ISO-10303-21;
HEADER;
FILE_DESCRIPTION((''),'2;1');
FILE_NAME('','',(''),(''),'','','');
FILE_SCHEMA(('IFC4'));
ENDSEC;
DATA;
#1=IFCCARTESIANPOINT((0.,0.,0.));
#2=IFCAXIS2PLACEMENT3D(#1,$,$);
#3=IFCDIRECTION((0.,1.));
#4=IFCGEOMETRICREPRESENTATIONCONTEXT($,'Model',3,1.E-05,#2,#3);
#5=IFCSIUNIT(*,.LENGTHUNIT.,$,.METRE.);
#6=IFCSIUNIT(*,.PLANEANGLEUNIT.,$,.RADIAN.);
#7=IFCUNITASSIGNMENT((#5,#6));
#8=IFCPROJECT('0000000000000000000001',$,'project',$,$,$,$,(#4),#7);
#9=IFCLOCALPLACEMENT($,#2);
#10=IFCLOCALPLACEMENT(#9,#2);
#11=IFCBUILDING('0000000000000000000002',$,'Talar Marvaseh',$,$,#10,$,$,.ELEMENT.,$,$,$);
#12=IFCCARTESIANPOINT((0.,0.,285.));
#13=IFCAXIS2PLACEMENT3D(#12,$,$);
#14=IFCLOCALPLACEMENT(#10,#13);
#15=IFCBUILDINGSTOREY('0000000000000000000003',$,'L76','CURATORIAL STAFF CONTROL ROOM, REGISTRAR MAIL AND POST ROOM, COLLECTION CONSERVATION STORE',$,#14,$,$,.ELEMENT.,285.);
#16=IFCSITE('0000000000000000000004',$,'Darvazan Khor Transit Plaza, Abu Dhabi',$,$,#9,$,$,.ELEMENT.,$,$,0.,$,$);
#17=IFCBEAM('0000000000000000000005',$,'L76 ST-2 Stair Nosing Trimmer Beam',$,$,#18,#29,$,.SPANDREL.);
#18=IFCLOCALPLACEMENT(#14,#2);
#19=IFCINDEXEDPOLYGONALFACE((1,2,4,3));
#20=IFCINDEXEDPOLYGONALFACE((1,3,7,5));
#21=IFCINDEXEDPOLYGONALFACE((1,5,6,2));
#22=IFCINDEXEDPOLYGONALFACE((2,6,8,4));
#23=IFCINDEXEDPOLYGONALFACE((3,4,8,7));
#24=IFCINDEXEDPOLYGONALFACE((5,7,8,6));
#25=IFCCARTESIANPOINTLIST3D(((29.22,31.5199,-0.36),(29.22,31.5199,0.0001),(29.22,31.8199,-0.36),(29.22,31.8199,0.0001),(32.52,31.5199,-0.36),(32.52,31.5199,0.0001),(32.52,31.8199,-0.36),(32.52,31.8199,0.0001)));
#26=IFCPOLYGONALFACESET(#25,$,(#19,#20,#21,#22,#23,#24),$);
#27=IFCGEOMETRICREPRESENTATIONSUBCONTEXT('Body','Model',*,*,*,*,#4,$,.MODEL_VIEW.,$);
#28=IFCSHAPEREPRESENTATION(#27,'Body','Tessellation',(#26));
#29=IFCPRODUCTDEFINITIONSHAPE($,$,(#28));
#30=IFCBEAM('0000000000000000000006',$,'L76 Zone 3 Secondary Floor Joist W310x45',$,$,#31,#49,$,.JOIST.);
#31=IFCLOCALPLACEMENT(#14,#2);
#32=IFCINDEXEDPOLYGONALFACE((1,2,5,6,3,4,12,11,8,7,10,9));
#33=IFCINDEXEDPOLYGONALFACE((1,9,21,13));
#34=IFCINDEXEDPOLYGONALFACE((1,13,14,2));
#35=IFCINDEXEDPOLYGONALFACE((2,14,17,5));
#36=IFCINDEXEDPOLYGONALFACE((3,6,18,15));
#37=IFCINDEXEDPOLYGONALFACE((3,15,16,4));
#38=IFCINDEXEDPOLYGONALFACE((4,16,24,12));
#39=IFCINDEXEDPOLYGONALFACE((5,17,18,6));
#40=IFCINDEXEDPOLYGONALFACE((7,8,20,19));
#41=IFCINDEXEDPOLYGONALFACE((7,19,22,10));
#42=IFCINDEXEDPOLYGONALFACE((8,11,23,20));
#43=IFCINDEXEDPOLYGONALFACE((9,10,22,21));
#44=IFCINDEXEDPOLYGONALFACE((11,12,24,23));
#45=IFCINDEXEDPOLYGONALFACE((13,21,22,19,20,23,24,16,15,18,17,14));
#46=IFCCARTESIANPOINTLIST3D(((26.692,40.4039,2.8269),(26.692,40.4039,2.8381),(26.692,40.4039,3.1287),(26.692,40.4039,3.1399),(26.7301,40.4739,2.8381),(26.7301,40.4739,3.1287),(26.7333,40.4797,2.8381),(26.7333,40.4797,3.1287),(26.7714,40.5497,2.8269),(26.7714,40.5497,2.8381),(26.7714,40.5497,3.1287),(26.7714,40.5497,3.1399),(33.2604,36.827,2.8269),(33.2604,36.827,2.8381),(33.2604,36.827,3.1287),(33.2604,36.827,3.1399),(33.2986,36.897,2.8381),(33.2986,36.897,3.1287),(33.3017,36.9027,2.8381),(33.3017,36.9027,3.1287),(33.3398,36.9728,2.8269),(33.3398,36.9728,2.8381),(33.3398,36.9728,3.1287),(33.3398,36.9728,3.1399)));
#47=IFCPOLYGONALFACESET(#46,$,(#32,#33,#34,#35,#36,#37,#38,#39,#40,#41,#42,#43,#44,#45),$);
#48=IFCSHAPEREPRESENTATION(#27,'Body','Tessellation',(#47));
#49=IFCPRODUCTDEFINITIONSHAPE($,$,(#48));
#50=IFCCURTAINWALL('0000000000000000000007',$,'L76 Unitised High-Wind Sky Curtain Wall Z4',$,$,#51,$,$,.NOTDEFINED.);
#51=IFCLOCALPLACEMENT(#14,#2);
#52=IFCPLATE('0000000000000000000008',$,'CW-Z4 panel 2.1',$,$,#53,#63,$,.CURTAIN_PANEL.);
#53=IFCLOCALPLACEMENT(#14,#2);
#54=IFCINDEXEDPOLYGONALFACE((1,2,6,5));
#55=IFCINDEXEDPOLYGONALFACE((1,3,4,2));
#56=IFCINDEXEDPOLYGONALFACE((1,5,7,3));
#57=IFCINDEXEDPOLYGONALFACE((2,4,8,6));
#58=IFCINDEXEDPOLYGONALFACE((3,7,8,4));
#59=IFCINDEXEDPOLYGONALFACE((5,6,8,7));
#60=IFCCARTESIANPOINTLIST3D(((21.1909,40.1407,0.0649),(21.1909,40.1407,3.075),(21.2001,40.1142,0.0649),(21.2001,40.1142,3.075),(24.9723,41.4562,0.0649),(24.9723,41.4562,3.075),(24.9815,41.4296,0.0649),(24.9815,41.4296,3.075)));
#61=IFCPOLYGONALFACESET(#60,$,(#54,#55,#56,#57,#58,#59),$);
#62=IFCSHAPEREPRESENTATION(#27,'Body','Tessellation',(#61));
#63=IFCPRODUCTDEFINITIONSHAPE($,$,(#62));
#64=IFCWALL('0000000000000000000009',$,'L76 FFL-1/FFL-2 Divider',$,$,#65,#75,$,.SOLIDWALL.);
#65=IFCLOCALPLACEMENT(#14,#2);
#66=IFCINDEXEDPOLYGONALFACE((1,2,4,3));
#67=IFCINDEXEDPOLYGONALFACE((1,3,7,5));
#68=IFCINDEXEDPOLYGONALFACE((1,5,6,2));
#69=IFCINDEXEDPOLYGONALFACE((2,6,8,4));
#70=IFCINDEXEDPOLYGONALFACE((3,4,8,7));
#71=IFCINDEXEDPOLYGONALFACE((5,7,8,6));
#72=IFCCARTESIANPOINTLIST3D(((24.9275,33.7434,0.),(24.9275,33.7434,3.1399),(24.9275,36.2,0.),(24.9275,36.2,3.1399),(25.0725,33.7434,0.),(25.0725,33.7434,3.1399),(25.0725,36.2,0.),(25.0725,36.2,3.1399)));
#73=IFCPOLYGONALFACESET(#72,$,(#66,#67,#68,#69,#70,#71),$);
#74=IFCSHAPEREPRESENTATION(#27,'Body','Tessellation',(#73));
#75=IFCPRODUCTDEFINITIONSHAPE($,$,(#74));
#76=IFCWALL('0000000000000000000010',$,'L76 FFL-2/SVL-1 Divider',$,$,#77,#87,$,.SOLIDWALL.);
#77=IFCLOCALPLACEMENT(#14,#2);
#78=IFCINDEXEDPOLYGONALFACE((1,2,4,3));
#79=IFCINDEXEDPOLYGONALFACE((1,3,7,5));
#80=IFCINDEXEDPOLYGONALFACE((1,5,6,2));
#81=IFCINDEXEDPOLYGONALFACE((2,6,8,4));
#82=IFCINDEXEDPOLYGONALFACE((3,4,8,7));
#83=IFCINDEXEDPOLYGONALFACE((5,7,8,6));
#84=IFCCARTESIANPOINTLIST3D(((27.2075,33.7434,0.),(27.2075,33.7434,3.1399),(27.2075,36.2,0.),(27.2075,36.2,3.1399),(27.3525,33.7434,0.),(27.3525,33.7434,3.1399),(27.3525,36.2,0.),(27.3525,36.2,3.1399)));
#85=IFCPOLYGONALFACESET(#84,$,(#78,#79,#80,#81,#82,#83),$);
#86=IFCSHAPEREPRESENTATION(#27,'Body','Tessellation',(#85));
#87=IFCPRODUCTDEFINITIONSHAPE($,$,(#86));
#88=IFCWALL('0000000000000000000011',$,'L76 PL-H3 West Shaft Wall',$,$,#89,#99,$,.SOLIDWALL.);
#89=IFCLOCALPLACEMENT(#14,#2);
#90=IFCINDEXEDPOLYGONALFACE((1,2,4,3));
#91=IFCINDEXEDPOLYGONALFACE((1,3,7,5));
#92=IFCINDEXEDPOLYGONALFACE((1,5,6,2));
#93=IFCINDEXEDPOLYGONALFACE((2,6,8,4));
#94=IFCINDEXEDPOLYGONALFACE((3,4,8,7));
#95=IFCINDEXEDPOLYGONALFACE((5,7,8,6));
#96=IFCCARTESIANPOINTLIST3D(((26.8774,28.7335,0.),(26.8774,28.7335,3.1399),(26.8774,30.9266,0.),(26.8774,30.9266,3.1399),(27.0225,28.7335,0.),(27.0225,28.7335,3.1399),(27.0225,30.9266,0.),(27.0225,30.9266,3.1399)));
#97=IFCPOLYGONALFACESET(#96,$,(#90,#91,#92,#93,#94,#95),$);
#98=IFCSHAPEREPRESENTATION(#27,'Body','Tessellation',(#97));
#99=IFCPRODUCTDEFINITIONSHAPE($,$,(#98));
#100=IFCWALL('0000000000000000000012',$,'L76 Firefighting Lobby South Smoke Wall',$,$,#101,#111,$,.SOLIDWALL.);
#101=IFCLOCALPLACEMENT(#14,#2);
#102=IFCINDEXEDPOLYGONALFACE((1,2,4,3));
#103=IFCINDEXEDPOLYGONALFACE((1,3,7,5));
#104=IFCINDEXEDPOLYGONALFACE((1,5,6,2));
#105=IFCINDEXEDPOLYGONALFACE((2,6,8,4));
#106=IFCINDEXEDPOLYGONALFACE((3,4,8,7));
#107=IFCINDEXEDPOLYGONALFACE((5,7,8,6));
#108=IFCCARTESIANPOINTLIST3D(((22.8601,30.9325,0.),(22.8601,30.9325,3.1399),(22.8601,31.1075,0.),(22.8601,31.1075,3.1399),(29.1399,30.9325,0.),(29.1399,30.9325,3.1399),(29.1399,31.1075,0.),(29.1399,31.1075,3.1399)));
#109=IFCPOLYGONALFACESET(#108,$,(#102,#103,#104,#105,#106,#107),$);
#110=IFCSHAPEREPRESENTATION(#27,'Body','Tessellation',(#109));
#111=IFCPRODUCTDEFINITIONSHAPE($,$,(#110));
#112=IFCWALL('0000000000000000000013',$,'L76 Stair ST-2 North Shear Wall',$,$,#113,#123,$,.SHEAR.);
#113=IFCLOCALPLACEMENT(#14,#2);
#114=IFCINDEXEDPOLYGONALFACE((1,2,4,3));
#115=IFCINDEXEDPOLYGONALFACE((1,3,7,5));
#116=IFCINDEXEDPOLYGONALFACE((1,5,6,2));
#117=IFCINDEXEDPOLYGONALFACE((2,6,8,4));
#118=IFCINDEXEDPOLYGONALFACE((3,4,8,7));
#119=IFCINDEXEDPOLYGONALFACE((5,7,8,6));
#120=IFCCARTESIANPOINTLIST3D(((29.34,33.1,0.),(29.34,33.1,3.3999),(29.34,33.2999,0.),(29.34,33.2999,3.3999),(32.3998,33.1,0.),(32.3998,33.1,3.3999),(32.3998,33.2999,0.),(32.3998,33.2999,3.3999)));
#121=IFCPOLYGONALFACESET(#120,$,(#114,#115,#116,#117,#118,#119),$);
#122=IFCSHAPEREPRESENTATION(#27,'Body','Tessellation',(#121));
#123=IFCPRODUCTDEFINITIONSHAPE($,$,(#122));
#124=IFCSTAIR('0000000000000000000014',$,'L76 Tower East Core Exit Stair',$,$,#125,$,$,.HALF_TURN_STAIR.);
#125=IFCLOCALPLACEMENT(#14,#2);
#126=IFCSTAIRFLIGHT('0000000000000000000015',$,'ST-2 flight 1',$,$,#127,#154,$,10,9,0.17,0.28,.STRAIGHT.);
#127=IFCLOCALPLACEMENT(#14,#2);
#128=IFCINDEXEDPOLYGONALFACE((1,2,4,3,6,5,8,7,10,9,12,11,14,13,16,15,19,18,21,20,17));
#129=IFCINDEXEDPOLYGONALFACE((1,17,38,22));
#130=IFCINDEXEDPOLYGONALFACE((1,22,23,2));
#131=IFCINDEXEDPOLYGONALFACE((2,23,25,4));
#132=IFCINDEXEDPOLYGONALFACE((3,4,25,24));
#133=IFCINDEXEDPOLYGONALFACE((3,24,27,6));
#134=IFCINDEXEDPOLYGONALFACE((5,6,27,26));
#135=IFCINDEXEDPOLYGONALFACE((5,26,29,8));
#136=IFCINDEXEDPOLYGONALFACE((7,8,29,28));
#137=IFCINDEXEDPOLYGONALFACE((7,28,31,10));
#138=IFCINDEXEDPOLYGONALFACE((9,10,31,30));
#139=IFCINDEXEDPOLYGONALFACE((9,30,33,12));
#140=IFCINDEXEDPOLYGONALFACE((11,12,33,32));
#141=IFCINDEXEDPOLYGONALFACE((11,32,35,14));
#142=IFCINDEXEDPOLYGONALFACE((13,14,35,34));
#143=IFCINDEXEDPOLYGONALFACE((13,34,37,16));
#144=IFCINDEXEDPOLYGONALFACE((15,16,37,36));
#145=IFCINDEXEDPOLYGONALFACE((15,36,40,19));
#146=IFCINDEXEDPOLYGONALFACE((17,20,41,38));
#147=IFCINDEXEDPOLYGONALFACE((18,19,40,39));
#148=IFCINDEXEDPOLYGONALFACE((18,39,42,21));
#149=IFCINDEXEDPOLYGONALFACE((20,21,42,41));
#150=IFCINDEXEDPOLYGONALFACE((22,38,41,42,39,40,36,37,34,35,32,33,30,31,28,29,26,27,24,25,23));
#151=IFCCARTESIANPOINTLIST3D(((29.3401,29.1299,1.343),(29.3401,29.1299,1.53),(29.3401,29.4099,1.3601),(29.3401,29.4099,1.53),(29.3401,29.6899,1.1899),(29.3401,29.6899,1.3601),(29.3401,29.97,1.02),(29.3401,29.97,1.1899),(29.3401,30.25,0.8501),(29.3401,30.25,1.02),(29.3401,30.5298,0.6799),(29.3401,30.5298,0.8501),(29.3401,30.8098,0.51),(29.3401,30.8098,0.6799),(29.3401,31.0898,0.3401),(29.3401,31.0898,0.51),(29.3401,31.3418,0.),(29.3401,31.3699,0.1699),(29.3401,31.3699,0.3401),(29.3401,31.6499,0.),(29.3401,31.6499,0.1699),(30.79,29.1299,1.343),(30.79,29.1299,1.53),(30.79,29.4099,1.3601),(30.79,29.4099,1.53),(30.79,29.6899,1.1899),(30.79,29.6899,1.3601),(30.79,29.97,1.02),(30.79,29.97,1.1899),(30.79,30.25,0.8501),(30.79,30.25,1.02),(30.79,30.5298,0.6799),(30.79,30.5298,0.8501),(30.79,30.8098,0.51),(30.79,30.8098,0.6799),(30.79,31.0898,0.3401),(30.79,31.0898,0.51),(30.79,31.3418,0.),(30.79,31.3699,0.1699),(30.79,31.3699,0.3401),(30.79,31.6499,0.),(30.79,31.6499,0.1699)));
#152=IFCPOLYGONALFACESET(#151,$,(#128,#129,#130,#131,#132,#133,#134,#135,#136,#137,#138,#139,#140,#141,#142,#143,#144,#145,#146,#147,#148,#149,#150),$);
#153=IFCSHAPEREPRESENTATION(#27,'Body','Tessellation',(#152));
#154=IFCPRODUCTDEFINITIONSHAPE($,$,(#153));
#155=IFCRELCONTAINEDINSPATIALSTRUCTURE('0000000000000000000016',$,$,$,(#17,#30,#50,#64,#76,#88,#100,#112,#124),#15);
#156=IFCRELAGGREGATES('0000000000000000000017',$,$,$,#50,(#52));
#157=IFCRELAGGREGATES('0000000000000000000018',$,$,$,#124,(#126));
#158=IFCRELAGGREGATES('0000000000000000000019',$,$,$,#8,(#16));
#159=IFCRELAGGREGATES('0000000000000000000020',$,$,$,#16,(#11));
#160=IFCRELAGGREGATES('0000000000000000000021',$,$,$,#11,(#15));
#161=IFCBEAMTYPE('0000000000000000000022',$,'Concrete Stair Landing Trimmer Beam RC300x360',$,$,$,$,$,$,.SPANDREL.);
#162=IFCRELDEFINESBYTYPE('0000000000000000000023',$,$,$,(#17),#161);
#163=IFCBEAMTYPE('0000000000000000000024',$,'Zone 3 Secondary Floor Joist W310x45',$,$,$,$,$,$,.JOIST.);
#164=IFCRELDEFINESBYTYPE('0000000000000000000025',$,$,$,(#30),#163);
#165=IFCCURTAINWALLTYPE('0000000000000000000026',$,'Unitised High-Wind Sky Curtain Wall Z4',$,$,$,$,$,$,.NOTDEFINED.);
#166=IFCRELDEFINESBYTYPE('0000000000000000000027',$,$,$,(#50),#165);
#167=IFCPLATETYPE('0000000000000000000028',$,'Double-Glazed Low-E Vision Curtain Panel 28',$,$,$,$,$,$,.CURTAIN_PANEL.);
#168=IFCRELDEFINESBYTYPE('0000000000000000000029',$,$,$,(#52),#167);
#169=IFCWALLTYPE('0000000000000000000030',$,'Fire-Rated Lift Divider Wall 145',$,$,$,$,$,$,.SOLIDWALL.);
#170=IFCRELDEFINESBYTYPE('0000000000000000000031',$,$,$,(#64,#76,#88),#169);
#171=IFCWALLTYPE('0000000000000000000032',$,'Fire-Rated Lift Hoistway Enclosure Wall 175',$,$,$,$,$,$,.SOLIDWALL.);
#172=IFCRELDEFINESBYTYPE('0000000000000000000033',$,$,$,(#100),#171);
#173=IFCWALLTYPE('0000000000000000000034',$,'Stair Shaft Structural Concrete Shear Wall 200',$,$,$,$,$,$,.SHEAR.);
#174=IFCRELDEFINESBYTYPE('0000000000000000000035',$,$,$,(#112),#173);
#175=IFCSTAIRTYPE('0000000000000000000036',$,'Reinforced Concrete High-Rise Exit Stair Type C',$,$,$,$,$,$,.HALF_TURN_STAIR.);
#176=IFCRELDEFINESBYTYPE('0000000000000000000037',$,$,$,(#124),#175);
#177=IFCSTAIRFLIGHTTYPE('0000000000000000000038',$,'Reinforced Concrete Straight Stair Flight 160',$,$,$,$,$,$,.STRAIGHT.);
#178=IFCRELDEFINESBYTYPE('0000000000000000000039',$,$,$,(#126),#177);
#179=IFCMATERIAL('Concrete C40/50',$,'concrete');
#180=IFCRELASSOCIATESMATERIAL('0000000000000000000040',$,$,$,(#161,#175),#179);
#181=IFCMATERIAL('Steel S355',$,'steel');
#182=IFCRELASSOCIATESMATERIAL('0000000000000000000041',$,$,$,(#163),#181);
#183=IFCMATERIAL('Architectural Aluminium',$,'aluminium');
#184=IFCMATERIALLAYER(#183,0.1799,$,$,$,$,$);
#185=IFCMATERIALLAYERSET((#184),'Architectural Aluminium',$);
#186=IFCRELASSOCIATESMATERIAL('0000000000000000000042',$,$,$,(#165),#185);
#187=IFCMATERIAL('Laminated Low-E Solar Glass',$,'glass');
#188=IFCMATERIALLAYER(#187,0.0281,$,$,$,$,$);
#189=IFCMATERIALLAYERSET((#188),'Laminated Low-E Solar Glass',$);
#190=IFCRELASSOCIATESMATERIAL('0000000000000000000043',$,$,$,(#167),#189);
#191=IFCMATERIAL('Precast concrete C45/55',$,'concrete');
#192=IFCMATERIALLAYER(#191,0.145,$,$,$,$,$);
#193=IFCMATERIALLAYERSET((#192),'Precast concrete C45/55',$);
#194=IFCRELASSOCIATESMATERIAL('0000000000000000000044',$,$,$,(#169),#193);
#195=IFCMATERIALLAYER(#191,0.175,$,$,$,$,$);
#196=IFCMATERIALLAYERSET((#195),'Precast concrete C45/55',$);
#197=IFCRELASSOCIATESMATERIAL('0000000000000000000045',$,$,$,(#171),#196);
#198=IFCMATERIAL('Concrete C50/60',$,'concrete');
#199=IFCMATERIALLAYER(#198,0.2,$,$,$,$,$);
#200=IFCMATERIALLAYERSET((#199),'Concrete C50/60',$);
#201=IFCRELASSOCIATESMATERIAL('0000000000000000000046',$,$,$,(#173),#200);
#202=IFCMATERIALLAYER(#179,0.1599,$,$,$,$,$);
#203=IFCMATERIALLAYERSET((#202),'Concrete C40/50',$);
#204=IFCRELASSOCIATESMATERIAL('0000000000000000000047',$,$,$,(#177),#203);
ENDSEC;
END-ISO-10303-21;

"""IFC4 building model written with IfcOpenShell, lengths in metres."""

from ifc_helpers import new_model, si_unit, direction, frame, frame_2d, origin, origin_2d, place, context, subcontext, project, spatial, polyline, rectangle, i_section, outline, extrude, source, transform, mapped, material, layer, layer_set, material_profile, profile_set, type_object, type_shapes, element, aggregate, save


model = new_model("IFC4")

# Units and contexts
model_context = context("Model", 3, precision=1e-05, world=origin(), true_north=direction((0.0, 1.0)))
body_context = subcontext(model_context, "Body", "Model", "MODEL_VIEW")
ifc_project = project(units=[si_unit("LENGTHUNIT", "METRE"), si_unit("PLANEANGLEUNIT", "RADIAN")], contexts=[model_context])

# Site, building, storey
site_placement = place(None, origin())
site = spatial("IfcSite", under=ifc_project, at=site_placement, Name="Darvazan Khor Transit Plaza, Abu Dhabi", CompositionType="ELEMENT", RefElevation=0.0)
building_placement = place(site_placement, origin())
building = spatial("IfcBuilding", under=site, at=building_placement, Name="Talar Marvaseh", CompositionType="ELEMENT")
storey_placement = place(building_placement, frame((0.0, 0.0, 285.0)))
storey = spatial("IfcBuildingStorey", under=building, at=storey_placement, Name="L76", Description="CURATORIAL STAFF CONTROL ROOM, REGISTRAR MAIL AND POST ROOM, COLLECTION CONSERVATION STORE", CompositionType="ELEMENT", Elevation=285.0)

# Beams
ifc_material_1 = material(Name="Concrete C40/50", Category="concrete")
ifc_material_profile_1 = material_profile(ifc_material_1, rectangle(XDim=0.3, YDim=0.3601, at=origin_2d()), Name="RC300x360")
ifc_profile_set_1 = profile_set([ifc_material_profile_1], Name="Concrete C40/50")
beam_type_1 = type_object("IfcBeamType", Name="Concrete Stair Landing Trimmer Beam RC300x360", PredefinedType="SPANDREL", material=ifc_profile_set_1)
beam_1_placement = place(storey_placement, frame((29.22, 31.6699, -0.1799), z_axis=(1.0, 0.0, 0.0), x_axis=(0.0, 1.0, 0.0)))
element("IfcBeam", 1, at=beam_1_placement, inside=storey, type_object=beam_type_1, Name="L76 ST-2 Stair Nosing Trimmer Beam", PredefinedType="SPANDREL", context=body_context, shape_type="SweptSolid", body=[
    extrude(rectangle(XDim=0.3, YDim=0.3601, at=origin_2d()), origin(), (0.0, 0.0, 1.0), 3.3),
])
ifc_material_2 = material(Name="Steel S355", Category="steel")
ifc_material_profile_2 = material_profile(ifc_material_2, i_section(OverallWidth=0.166, OverallDepth=0.313, WebThickness=0.0066, FlangeThickness=0.0112, at=origin_2d()), Name="W310x45")
ifc_profile_set_2 = profile_set([ifc_material_profile_2], Name="Steel S355")
beam_type_2 = type_object("IfcBeamType", Name="Zone 3 Secondary Floor Joist W310x45", PredefinedType="JOIST", material=ifc_profile_set_2)
beam_2_placement = place(storey_placement, frame((26.7317, 40.4768, 2.9834), z_axis=(0.878223, -0.478251, 0.0), x_axis=(0.478251, 0.878223, 0.0)))
element("IfcBeam", 2, at=beam_2_placement, inside=storey, type_object=beam_type_2, Name="L76 Zone 3 Secondary Floor Joist W310x45", PredefinedType="JOIST", context=body_context, shape_type="SweptSolid", body=[
    extrude(i_section(OverallWidth=0.166, OverallDepth=0.313, WebThickness=0.0066, FlangeThickness=0.0112, at=origin_2d()), origin(), (0.0, 0.0, 1.0), 7.4792),
])

# Curtain wall, plate
ifc_material_3 = material(Name="Architectural Aluminium", Category="aluminium")
ifc_layer_1 = layer(ifc_material_3, 0.1799)
ifc_layer_set_1 = layer_set([ifc_layer_1], Name="Architectural Aluminium")
curtain_wall_type = type_object("IfcCurtainWallType", Name="Unitised High-Wind Sky Curtain Wall Z4", PredefinedType="NOTDEFINED", material=ifc_layer_set_1)
curtain_wall_placement = place(storey_placement, origin())
curtain_wall = element("IfcCurtainWall", 3, at=curtain_wall_placement, inside=storey, type_object=curtain_wall_type, Name="L76 Unitised High-Wind Sky Curtain Wall Z4", PredefinedType="NOTDEFINED")
ifc_material_4 = material(Name="Laminated Low-E Solar Glass", Category="glass")
ifc_layer_2 = layer(ifc_material_4, 0.0281)
ifc_layer_set_2 = layer_set([ifc_layer_2], Name="Laminated Low-E Solar Glass")
plate_type = type_object("IfcPlateType", Name="Double-Glazed Low-E Vision Curtain Panel 28", PredefinedType="CURTAIN_PANEL", material=ifc_layer_set_2)
shared_shape_1 = source(origin(), body_context, "Body", "SweptSolid", [
    extrude(rectangle(XDim=4.0037, YDim=0.0281, at=origin_2d()), origin(), (0.0, 0.0, 1.0), 3.01),
])
type_shapes(plate_type, [shared_shape_1])
plate_placement = place(storey_placement, frame((23.0862, 40.7852, 0.0649), z_axis=(0.0, 0.0, 1.0), x_axis=(0.94448, 0.328569, 0.0)))
plate = element("IfcPlate", 4, at=plate_placement, type_object=plate_type, Name="CW-Z4 panel 2.1", PredefinedType="CURTAIN_PANEL", context=body_context, shape_type="MappedRepresentation", body=[
    mapped(shared_shape_1, transform((0.0, 0.0, 0.0), x_axis=(1.0, 0.0, 0.0), y_axis=(0.0, 1.0, 0.0), z_axis=(0.0, 0.0, 1.0), scale=1.0)),
])
aggregate(curtain_wall, [plate])

# Walls
ifc_material_5 = material(Name="Precast concrete C45/55", Category="concrete")
ifc_layer_3 = layer(ifc_material_5, 0.145)
ifc_layer_set_3 = layer_set([ifc_layer_3], Name="Precast concrete C45/55")
wall_type_1 = type_object("IfcWallType", Name="Fire-Rated Lift Divider Wall 145", PredefinedType="SOLIDWALL", material=ifc_layer_set_3)
for number, where, z_axis, x_axis, name in (
    (5, (25.0, 33.7434, 0.0), (0.0, 0.0, 1.0), (0.0, 1.0, 0.0), "L76 FFL-1/FFL-2 Divider"),
    (6, (27.28, 33.7434, 0.0), (0.0, 0.0, 1.0), (0.0, 1.0, 0.0), "L76 FFL-2/SVL-1 Divider"),
):
    element("IfcWall", number, at=place(storey_placement, frame(where, z_axis=z_axis, x_axis=x_axis)), inside=storey, type_object=wall_type_1, Name=name, PredefinedType="SOLIDWALL", context=body_context, shape_type="SweptSolid", body=[
        extrude(rectangle(XDim=2.4565, YDim=0.145, at=frame_2d((1.2283, 0.0))), origin(), (0.0, 0.0, 1.0), 3.1399),
    ])
wall_1_placement = place(storey_placement, frame((26.95, 28.7334, 0.0), z_axis=(0.0, 0.0, 1.0), x_axis=(0.0, 1.0, 0.0)))
element("IfcWall", 7, at=wall_1_placement, inside=storey, type_object=wall_type_1, Name="L76 PL-H3 West Shaft Wall", PredefinedType="SOLIDWALL", context=body_context, shape_type="SweptSolid", body=[
    extrude(rectangle(XDim=2.1931, YDim=0.145, at=frame_2d((1.0967, 0.0))), origin(), (0.0, 0.0, 1.0), 3.1399),
])

# Shared definitions
ifc_layer_4 = layer(ifc_material_5, 0.175)
ifc_layer_set_4 = layer_set([ifc_layer_4], Name="Precast concrete C45/55")
wall_type_2 = type_object("IfcWallType", Name="Fire-Rated Lift Hoistway Enclosure Wall 175", PredefinedType="SOLIDWALL", material=ifc_layer_set_4)

# Wall
wall_2_placement = place(storey_placement, frame((22.8601, 31.02, 0.0), z_axis=(0.0, 0.0, 1.0), x_axis=(1.0, 0.0, 0.0)))
element("IfcWall", 8, at=wall_2_placement, inside=storey, type_object=wall_type_2, Name="L76 Firefighting Lobby South Smoke Wall", PredefinedType="SOLIDWALL", context=body_context, shape_type="SweptSolid", body=[
    extrude(rectangle(XDim=6.2798, YDim=0.175, at=frame_2d((3.1399, 0.0))), origin(), (0.0, 0.0, 1.0), 3.1399),
])

# Wall
ifc_material_6 = material(Name="Concrete C50/60", Category="concrete")
ifc_layer_5 = layer(ifc_material_6, 0.2)
ifc_layer_set_5 = layer_set([ifc_layer_5], Name="Concrete C50/60")
wall_type_3 = type_object("IfcWallType", Name="Stair Shaft Structural Concrete Shear Wall 200", PredefinedType="SHEAR", material=ifc_layer_set_5)
wall_3_placement = place(storey_placement, frame((29.3401, 33.2, 0.0), z_axis=(0.0, 0.0, 1.0), x_axis=(1.0, 0.0, 0.0)))
element("IfcWall", 9, at=wall_3_placement, inside=storey, type_object=wall_type_3, Name="L76 Stair ST-2 North Shear Wall", PredefinedType="SHEAR", context=body_context, shape_type="SweptSolid", body=[
    extrude(rectangle(XDim=3.0598, YDim=0.2, at=frame_2d((1.5298, 0.0))), origin(), (0.0, 0.0, 1.0), 3.3999),
])

# Stair, stair flight
stair_type = type_object("IfcStairType", Name="Reinforced Concrete High-Rise Exit Stair Type C", PredefinedType="HALF_TURN_STAIR", material=ifc_material_1)
stair_placement = place(storey_placement, origin())
stair = element("IfcStair", 10, at=stair_placement, inside=storey, type_object=stair_type, Name="L76 Tower East Core Exit Stair", PredefinedType="HALF_TURN_STAIR")
ifc_layer_6 = layer(ifc_material_1, 0.1599)
ifc_layer_set_6 = layer_set([ifc_layer_6], Name="Concrete C40/50")
stair_flight_type = type_object("IfcStairFlightType", Name="Reinforced Concrete Straight Stair Flight 160", PredefinedType="STRAIGHT", material=ifc_layer_set_6)
stair_flight_placement = place(storey_placement, frame((30.0649, 31.6499, 0.0), z_axis=(0.0, 0.0, 1.0), x_axis=(0.0, -1.0, 0.0)))
stair_flight = element("IfcStairFlight", 11, at=stair_flight_placement, type_object=stair_flight_type, Name="ST-2 flight 1", NumberOfRisers=10, NumberOfTreads=9, PredefinedType="STRAIGHT", RiserHeight=0.17, TreadLength=0.28, context=body_context, shape_type="SweptSolid", body=[
    extrude(outline(polyline([(0.0, 0.0), (0.0, 0.1699), (0.28, 0.1699), (0.28, 0.3401), (0.5601, 0.3401), (0.5601, 0.51), (0.8401, 0.51), (0.8401, 0.6799), (1.1201, 0.6799), (1.1201, 0.8501), (1.3999, 0.8501), (1.3999, 1.02), (1.6799, 1.02), (1.6799, 1.1899), (1.96, 1.1899), (1.96, 1.3601), (2.24, 1.3601), (2.24, 1.53), (2.52, 1.53), (2.52, 1.7), (2.52, 1.343), (0.3081, 0.0), (0.0, 0.0)])), frame((0.0, 0.7251, 0.0), z_axis=(0.0, -1.0, 0.0), x_axis=(1.0, 0.0, 0.0)), (0.0, 0.0, 1.0), 1.45),
])
aggregate(stair, [stair_flight])

save(model, "model.ifc")
